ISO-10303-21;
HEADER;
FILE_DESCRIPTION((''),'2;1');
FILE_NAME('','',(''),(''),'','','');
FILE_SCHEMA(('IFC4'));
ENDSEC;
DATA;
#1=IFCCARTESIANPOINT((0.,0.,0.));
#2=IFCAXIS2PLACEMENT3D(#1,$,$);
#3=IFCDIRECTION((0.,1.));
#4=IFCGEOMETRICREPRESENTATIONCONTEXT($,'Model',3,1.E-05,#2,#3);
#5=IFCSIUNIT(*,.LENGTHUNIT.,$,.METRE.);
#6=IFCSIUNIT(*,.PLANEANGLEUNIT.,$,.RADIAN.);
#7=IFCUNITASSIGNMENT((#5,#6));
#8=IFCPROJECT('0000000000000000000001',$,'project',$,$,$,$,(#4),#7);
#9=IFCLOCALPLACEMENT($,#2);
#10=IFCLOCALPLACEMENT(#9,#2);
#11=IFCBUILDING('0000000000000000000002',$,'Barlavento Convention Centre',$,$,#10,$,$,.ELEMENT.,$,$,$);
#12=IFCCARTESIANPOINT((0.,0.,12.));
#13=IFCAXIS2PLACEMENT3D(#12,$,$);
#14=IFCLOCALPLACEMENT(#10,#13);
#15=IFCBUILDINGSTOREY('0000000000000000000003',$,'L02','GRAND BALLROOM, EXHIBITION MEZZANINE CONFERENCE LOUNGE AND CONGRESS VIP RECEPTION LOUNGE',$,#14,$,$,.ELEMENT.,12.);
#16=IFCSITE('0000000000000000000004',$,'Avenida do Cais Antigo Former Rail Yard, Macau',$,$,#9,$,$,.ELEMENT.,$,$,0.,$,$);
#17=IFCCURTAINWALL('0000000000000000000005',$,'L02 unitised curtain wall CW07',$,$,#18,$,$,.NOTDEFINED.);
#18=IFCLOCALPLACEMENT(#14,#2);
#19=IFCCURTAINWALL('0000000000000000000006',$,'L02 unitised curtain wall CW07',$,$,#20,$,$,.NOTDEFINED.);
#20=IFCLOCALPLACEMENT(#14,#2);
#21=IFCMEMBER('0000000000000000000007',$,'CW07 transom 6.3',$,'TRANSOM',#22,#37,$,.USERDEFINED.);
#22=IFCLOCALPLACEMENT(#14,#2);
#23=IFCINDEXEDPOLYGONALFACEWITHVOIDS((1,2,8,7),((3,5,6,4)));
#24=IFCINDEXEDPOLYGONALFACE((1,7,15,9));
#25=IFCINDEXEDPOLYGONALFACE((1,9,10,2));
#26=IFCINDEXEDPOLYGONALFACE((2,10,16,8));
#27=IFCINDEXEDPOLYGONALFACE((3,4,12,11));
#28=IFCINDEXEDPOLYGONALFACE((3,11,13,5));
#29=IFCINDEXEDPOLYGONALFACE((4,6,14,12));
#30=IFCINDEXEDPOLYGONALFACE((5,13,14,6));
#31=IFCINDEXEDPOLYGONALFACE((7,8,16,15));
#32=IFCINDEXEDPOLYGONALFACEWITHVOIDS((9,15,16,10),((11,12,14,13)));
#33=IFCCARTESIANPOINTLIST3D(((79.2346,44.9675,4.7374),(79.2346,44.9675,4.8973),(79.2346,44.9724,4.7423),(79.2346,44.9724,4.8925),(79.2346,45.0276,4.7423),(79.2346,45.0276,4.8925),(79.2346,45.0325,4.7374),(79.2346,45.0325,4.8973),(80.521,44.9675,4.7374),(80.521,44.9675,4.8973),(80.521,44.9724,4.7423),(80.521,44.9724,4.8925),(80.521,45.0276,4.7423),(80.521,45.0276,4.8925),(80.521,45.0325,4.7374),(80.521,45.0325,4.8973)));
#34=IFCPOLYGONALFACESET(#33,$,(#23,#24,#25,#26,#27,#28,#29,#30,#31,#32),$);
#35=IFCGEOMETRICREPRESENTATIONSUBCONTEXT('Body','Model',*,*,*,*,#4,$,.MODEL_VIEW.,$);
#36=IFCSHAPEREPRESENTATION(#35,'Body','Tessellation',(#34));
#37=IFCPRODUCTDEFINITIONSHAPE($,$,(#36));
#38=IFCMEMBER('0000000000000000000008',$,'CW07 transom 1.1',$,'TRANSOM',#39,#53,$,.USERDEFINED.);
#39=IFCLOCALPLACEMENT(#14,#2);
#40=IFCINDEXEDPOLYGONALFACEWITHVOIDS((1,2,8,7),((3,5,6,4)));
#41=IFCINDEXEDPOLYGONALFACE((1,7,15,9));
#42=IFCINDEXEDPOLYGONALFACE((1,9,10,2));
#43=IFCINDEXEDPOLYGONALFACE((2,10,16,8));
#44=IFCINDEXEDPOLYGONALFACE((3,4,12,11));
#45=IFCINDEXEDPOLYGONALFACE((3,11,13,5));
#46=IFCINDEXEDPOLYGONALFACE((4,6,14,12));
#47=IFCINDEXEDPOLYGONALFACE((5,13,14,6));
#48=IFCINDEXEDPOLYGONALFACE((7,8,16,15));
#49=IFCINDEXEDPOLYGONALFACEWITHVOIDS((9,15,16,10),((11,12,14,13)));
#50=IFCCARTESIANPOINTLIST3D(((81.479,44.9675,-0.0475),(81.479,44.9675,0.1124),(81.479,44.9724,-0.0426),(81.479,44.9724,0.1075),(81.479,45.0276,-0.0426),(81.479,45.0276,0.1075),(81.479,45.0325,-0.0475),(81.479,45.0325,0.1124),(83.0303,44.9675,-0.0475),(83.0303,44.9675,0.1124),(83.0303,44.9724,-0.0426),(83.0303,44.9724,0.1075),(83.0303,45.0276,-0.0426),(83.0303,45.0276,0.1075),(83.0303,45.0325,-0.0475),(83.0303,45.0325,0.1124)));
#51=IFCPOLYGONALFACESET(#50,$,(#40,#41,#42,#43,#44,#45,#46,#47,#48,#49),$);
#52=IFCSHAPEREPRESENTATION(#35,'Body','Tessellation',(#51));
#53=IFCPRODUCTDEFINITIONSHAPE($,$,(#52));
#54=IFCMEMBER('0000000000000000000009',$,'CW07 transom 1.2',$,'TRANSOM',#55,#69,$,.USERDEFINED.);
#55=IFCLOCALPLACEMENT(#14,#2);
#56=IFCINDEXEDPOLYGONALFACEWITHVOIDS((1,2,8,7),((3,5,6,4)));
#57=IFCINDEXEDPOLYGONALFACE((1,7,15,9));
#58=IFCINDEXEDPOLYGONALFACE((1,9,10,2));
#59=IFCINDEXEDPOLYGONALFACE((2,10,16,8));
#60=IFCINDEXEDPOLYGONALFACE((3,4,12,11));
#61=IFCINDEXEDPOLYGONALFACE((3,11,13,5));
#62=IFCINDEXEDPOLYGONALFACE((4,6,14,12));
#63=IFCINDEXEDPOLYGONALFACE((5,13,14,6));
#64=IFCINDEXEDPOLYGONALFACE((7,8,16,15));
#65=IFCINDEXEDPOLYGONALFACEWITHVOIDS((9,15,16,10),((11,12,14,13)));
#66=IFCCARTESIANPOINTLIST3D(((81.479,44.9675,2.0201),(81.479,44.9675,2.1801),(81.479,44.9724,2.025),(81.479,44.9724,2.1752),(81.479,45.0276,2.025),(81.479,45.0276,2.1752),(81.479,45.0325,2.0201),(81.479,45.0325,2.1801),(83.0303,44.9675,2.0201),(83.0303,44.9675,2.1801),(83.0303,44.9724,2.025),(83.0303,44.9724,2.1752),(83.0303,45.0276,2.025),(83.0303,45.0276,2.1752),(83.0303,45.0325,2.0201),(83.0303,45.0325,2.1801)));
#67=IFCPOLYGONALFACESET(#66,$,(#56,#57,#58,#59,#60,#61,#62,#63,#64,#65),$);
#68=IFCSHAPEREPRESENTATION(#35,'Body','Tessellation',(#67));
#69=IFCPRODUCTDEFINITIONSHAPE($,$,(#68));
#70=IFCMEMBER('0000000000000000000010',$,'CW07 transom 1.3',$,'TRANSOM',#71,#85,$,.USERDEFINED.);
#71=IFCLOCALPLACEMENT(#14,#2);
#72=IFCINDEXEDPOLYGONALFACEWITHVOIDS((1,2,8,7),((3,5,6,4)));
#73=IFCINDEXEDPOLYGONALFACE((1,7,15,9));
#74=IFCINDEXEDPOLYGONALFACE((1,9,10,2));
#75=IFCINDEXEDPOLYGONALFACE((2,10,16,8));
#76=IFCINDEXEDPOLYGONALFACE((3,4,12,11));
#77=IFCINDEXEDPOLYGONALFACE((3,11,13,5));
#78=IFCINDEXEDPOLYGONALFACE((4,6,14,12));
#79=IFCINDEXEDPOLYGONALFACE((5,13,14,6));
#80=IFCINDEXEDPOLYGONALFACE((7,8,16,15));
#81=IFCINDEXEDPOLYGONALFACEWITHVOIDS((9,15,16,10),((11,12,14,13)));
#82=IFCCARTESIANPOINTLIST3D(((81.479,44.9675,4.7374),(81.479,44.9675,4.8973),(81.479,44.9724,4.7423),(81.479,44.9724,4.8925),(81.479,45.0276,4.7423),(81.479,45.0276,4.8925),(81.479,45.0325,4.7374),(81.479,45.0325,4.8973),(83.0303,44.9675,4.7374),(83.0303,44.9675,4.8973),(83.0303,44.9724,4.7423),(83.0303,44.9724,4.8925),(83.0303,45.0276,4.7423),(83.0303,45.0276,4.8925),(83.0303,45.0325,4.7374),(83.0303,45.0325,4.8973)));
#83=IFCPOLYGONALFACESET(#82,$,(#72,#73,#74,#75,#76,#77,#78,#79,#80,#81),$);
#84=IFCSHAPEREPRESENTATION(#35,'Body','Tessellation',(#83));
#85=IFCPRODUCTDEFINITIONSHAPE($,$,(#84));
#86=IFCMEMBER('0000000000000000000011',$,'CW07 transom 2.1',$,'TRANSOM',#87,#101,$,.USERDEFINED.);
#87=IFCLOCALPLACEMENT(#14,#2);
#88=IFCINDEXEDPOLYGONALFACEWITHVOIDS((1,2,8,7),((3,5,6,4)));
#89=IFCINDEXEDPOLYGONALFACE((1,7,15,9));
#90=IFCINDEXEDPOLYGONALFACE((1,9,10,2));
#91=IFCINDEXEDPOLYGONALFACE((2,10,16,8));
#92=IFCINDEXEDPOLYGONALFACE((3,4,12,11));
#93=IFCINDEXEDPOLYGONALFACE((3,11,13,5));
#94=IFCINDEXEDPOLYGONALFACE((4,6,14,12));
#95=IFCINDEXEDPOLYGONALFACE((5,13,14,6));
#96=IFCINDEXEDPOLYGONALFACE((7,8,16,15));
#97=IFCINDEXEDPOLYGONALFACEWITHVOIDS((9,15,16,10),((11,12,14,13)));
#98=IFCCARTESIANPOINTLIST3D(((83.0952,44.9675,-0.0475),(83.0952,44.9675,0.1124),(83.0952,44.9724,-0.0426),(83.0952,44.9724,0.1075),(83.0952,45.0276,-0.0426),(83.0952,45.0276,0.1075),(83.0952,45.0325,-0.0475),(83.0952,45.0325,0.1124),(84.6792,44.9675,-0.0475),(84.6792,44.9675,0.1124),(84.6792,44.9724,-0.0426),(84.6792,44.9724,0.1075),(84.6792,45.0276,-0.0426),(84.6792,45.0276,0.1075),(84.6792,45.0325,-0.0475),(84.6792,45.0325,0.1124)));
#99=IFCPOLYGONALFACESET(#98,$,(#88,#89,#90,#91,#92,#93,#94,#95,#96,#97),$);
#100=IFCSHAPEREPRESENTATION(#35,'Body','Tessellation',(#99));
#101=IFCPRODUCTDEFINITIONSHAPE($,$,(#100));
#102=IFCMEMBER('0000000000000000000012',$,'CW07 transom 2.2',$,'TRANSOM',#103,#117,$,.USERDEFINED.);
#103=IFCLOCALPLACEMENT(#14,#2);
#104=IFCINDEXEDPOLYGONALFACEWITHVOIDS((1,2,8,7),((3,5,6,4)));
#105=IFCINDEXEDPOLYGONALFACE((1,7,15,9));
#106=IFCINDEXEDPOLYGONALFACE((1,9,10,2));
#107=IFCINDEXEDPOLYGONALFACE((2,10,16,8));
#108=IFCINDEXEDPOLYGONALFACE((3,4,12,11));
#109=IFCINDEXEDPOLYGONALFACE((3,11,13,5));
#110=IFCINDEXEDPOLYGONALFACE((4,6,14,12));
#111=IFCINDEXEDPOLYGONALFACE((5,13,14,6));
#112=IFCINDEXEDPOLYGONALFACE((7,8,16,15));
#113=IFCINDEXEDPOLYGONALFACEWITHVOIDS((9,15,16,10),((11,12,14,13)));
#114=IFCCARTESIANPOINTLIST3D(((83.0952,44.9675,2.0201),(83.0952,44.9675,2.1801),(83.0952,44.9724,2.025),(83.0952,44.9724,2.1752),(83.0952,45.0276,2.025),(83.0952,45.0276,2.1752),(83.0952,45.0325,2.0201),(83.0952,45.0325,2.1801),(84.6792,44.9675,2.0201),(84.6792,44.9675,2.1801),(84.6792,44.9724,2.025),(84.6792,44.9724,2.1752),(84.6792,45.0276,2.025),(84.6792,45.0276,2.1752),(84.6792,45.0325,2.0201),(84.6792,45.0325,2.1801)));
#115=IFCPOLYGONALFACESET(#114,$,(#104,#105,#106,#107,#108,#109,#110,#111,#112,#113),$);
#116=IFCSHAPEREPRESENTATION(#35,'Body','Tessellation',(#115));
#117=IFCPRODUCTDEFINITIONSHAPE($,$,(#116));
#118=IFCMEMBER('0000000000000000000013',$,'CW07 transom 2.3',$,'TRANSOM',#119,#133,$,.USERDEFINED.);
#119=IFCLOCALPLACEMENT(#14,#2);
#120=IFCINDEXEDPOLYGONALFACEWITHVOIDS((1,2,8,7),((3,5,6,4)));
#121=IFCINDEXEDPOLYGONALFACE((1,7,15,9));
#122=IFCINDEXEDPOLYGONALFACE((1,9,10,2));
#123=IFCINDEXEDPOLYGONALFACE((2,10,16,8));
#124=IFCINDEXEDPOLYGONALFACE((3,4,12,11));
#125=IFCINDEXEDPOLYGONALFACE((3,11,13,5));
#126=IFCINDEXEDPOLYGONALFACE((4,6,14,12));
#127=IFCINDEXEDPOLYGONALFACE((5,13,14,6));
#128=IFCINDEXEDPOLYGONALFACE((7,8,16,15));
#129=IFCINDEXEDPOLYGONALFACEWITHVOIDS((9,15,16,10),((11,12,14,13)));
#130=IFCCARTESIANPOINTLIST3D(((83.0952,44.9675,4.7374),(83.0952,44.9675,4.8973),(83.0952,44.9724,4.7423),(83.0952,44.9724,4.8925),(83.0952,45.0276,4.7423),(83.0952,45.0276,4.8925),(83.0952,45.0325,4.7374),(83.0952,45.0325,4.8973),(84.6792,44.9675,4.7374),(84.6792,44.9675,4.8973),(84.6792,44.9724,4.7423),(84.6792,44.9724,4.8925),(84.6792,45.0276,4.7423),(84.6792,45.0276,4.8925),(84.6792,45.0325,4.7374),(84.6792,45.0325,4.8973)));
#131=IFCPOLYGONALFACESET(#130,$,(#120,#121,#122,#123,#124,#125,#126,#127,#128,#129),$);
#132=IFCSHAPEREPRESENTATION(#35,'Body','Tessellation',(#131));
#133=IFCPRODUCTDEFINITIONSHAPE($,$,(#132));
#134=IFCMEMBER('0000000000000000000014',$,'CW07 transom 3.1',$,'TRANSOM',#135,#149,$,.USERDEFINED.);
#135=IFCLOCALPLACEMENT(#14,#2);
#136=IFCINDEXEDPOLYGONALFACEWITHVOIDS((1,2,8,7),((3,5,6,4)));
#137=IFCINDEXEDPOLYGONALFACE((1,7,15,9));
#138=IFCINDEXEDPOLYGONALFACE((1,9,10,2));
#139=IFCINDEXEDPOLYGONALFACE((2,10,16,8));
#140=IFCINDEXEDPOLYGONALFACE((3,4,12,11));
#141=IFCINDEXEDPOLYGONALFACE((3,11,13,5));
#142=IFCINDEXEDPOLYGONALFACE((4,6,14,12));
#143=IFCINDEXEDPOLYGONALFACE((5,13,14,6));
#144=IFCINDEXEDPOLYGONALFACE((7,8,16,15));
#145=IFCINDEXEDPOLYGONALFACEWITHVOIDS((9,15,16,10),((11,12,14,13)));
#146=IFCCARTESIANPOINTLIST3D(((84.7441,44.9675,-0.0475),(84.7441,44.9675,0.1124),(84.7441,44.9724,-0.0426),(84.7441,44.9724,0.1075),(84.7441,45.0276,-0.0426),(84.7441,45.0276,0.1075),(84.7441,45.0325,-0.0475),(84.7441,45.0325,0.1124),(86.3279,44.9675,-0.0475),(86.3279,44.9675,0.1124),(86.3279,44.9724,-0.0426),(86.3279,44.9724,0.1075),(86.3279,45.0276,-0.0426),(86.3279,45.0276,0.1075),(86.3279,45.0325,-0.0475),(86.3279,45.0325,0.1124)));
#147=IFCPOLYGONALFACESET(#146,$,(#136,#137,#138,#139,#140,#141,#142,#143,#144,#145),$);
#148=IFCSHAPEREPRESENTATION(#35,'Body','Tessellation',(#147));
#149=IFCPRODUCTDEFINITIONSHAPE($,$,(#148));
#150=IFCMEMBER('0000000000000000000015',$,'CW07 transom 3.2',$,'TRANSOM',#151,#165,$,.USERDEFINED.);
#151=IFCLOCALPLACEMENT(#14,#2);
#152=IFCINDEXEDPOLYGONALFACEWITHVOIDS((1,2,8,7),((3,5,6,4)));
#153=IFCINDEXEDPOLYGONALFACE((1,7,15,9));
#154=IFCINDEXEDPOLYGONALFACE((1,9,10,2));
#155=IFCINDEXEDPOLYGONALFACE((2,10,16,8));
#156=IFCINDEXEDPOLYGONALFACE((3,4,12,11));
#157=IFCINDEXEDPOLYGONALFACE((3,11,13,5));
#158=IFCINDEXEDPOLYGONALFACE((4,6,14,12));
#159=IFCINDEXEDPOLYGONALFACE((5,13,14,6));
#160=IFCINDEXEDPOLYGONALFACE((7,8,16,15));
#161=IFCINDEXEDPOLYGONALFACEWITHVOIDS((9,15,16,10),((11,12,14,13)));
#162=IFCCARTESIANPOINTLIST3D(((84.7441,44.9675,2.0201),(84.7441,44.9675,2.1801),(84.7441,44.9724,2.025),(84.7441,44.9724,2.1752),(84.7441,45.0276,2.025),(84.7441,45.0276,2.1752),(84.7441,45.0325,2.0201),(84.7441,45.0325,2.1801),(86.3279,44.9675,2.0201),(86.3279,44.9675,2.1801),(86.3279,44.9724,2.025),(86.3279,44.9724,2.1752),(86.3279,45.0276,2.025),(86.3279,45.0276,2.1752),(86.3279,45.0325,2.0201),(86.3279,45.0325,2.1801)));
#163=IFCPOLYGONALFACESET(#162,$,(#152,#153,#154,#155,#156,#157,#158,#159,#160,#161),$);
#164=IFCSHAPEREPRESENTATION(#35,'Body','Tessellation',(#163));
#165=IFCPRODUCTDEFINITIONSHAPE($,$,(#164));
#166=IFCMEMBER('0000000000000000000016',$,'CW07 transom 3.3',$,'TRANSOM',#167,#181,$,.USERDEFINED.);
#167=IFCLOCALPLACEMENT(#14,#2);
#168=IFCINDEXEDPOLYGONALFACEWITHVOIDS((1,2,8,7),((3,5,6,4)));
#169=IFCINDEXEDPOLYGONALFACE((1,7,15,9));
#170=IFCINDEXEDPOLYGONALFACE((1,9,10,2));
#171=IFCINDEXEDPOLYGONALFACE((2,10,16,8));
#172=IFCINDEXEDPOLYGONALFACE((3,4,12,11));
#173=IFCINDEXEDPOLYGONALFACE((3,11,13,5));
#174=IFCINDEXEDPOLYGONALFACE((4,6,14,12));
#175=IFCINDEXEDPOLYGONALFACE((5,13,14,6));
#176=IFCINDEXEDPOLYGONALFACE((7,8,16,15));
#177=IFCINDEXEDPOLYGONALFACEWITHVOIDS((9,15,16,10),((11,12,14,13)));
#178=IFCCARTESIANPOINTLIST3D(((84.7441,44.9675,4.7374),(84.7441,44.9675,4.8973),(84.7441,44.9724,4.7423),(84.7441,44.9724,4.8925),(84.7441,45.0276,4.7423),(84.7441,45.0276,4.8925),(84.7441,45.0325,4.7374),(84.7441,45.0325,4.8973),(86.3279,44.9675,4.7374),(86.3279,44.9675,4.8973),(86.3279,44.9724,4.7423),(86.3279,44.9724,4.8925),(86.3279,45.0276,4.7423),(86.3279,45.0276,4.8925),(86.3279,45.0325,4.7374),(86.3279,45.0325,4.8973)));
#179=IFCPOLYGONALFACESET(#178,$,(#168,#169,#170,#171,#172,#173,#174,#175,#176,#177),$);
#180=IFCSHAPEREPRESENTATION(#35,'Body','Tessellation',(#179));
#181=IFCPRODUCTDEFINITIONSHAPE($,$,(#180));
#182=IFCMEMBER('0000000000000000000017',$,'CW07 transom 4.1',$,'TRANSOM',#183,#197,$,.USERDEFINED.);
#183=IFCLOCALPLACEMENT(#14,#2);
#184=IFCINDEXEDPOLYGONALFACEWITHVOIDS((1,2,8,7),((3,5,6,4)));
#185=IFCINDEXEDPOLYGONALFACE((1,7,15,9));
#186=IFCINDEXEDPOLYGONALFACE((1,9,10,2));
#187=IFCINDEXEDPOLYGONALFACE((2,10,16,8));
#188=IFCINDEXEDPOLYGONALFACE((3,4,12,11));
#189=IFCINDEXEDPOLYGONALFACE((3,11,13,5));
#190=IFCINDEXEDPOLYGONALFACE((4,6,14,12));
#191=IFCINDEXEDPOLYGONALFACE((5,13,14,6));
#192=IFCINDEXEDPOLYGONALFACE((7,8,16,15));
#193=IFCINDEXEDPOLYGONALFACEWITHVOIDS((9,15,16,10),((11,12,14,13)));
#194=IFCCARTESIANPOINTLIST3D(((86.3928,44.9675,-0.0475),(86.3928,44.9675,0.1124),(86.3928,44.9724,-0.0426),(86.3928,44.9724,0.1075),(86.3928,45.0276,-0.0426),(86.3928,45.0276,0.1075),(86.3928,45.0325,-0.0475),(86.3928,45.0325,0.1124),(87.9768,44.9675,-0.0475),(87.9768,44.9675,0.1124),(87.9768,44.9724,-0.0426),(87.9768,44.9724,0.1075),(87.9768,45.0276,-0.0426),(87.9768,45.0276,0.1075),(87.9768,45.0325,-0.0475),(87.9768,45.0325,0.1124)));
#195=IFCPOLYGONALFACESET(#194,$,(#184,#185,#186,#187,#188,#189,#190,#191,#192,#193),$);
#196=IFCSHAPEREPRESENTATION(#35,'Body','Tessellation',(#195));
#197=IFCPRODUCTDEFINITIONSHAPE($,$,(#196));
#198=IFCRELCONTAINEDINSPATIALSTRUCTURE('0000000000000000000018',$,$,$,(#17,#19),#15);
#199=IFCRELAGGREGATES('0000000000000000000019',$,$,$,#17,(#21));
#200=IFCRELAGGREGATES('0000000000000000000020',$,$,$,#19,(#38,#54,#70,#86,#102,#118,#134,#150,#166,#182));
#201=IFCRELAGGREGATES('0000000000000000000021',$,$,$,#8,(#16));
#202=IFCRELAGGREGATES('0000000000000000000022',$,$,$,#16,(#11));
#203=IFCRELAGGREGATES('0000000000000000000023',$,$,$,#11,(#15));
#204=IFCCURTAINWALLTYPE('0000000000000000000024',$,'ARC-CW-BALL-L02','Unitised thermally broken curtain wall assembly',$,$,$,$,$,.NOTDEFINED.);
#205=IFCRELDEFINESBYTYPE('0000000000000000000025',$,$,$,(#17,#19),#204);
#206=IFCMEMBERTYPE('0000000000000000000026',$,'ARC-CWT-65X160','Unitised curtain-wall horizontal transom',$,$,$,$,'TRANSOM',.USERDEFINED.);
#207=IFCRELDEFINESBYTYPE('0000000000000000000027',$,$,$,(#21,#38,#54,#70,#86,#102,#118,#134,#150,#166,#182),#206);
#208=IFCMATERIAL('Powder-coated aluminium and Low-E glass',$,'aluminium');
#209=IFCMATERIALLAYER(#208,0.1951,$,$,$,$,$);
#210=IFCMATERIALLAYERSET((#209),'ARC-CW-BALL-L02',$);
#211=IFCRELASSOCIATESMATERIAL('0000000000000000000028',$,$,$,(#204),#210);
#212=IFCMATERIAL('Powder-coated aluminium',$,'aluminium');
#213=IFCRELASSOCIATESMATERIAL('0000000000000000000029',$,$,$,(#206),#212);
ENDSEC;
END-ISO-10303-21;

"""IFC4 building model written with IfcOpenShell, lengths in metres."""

from ifc_helpers import new_model, si_unit, direction, frame, origin, origin_2d, place, context, subcontext, project, spatial, hollow_rectangle, extrude, material, layer, layer_set, material_profile, profile_set, type_object, element, aggregate, save


model = new_model("IFC4")

# Units and contexts
model_context = context("Model", 3, precision=1e-05, world=origin(), true_north=direction((0.0, 1.0)))
body_context = subcontext(model_context, "Body", "Model", "MODEL_VIEW")
ifc_project = project(units=[si_unit("LENGTHUNIT", "METRE"), si_unit("PLANEANGLEUNIT", "RADIAN")], contexts=[model_context])

# Site, building, storey
site_placement = place(None, origin())
site = spatial("IfcSite", under=ifc_project, at=site_placement, Name="Avenida do Cais Antigo Former Rail Yard, Macau", CompositionType="ELEMENT", RefElevation=0.0)
building_placement = place(site_placement, origin())
building = spatial("IfcBuilding", under=site, at=building_placement, Name="Barlavento Convention Centre", CompositionType="ELEMENT")
storey_placement = place(building_placement, frame((0.0, 0.0, 12.0)))
storey = spatial("IfcBuildingStorey", under=building, at=storey_placement, Name="L02", Description="GRAND BALLROOM, EXHIBITION MEZZANINE CONFERENCE LOUNGE AND CONGRESS VIP RECEPTION LOUNGE", CompositionType="ELEMENT", Elevation=12.0)

# Curtain walls
ifc_material_1 = material(Name="Powder-coated aluminium and Low-E glass", Category="aluminium")
ifc_layer_1 = layer(ifc_material_1, 0.1951)
ifc_layer_set_1 = layer_set([ifc_layer_1], Name="ARC-CW-BALL-L02")
curtain_wall_type = type_object("IfcCurtainWallType", Name="ARC-CW-BALL-L02", Description="Unitised thermally broken curtain wall assembly", PredefinedType="NOTDEFINED", material=ifc_layer_set_1)
curtain_wall_1_placement = place(storey_placement, origin())
curtain_wall_1 = element("IfcCurtainWall", 1, at=curtain_wall_1_placement, inside=storey, type_object=curtain_wall_type, Name="L02 unitised curtain wall CW07", PredefinedType="NOTDEFINED")
ifc_material_2 = material(Name="Powder-coated aluminium", Category="aluminium")
curtain_wall_2_placement = place(storey_placement, origin())
curtain_wall_2 = element("IfcCurtainWall", 2, at=curtain_wall_2_placement, inside=storey, type_object=curtain_wall_type, Name="L02 unitised curtain wall CW07", PredefinedType="NOTDEFINED")

# Members
ifc_material_profile_1 = material_profile(ifc_material_2, hollow_rectangle(XDim=0.0649, YDim=0.1599, WallThickness=0.0049, at=origin_2d()), Name="AL-TRAN 65x160x5")
ifc_profile_set_1 = profile_set([ifc_material_profile_1], Name="Powder-coated aluminium")
member_type_1 = type_object("IfcMemberType", Name="ARC-CWT-65X160", Description="Unitised curtain-wall horizontal transom", ElementType="TRANSOM", PredefinedType="USERDEFINED", material=ifc_profile_set_1)
member_1_placement = place(storey_placement, frame((79.2346, 45.0, 4.8174), z_axis=(1.0, 0.0, 0.0), x_axis=(0.0, 1.0, 0.0)))
member_1 = element("IfcMember", 3, at=member_1_placement, type_object=member_type_1, Name="CW07 transom 6.3", ObjectType="TRANSOM", PredefinedType="USERDEFINED", context=body_context, shape_type="SweptSolid", body=[
    extrude(hollow_rectangle(XDim=0.0649, YDim=0.1599, WallThickness=0.0049, at=origin_2d()), origin(), (0.0, 0.0, 1.0), 1.2864),
])
member_2_placement = place(storey_placement, frame((81.479, 45.0, 0.0325), z_axis=(1.0, 0.0, 0.0), x_axis=(0.0, 1.0, 0.0)))
member_2 = element("IfcMember", 4, at=member_2_placement, type_object=member_type_1, Name="CW07 transom 1.1", ObjectType="TRANSOM", PredefinedType="USERDEFINED", context=body_context, shape_type="SweptSolid", body=[
    extrude(hollow_rectangle(XDim=0.0649, YDim=0.1599, WallThickness=0.0049, at=origin_2d()), origin(), (0.0, 0.0, 1.0), 1.5513),
])
member_3_placement = place(storey_placement, frame((81.479, 45.0, 2.1001), z_axis=(1.0, 0.0, 0.0), x_axis=(0.0, 1.0, 0.0)))
member_3 = element("IfcMember", 5, at=member_3_placement, type_object=member_type_1, Name="CW07 transom 1.2", ObjectType="TRANSOM", PredefinedType="USERDEFINED", context=body_context, shape_type="SweptSolid", body=[
    extrude(hollow_rectangle(XDim=0.0649, YDim=0.1599, WallThickness=0.0049, at=origin_2d()), origin(), (0.0, 0.0, 1.0), 1.5513),
])
member_4_placement = place(storey_placement, frame((81.479, 45.0, 4.8174), z_axis=(1.0, 0.0, 0.0), x_axis=(0.0, 1.0, 0.0)))
member_4 = element("IfcMember", 6, at=member_4_placement, type_object=member_type_1, Name="CW07 transom 1.3", ObjectType="TRANSOM", PredefinedType="USERDEFINED", context=body_context, shape_type="SweptSolid", body=[
    extrude(hollow_rectangle(XDim=0.0649, YDim=0.1599, WallThickness=0.0049, at=origin_2d()), origin(), (0.0, 0.0, 1.0), 1.5513),
])
member_5_placement = place(storey_placement, frame((83.0952, 45.0, 0.0325), z_axis=(1.0, 0.0, 0.0), x_axis=(0.0, 1.0, 0.0)))
member_5 = element("IfcMember", 7, at=member_5_placement, type_object=member_type_1, Name="CW07 transom 2.1", ObjectType="TRANSOM", PredefinedType="USERDEFINED", context=body_context, shape_type="SweptSolid", body=[
    extrude(hollow_rectangle(XDim=0.0649, YDim=0.1599, WallThickness=0.0049, at=origin_2d()), origin(), (0.0, 0.0, 1.0), 1.584),
])
member_6_placement = place(storey_placement, frame((83.0952, 45.0, 2.1001), z_axis=(1.0, 0.0, 0.0), x_axis=(0.0, 1.0, 0.0)))
member_6 = element("IfcMember", 8, at=member_6_placement, type_object=member_type_1, Name="CW07 transom 2.2", ObjectType="TRANSOM", PredefinedType="USERDEFINED", context=body_context, shape_type="SweptSolid", body=[
    extrude(hollow_rectangle(XDim=0.0649, YDim=0.1599, WallThickness=0.0049, at=origin_2d()), origin(), (0.0, 0.0, 1.0), 1.584),
])
member_7_placement = place(storey_placement, frame((83.0952, 45.0, 4.8174), z_axis=(1.0, 0.0, 0.0), x_axis=(0.0, 1.0, 0.0)))
member_7 = element("IfcMember", 9, at=member_7_placement, type_object=member_type_1, Name="CW07 transom 2.3", ObjectType="TRANSOM", PredefinedType="USERDEFINED", context=body_context, shape_type="SweptSolid", body=[
    extrude(hollow_rectangle(XDim=0.0649, YDim=0.1599, WallThickness=0.0049, at=origin_2d()), origin(), (0.0, 0.0, 1.0), 1.584),
])
member_8_placement = place(storey_placement, frame((84.7441, 45.0, 0.0325), z_axis=(1.0, 0.0, 0.0), x_axis=(0.0, 1.0, 0.0)))
member_8 = element("IfcMember", 10, at=member_8_placement, type_object=member_type_1, Name="CW07 transom 3.1", ObjectType="TRANSOM", PredefinedType="USERDEFINED", context=body_context, shape_type="SweptSolid", body=[
    extrude(hollow_rectangle(XDim=0.0649, YDim=0.1599, WallThickness=0.0049, at=origin_2d()), origin(), (0.0, 0.0, 1.0), 1.5837),
])
member_9_placement = place(storey_placement, frame((84.7441, 45.0, 2.1001), z_axis=(1.0, 0.0, 0.0), x_axis=(0.0, 1.0, 0.0)))
member_9 = element("IfcMember", 11, at=member_9_placement, type_object=member_type_1, Name="CW07 transom 3.2", ObjectType="TRANSOM", PredefinedType="USERDEFINED", context=body_context, shape_type="SweptSolid", body=[
    extrude(hollow_rectangle(XDim=0.0649, YDim=0.1599, WallThickness=0.0049, at=origin_2d()), origin(), (0.0, 0.0, 1.0), 1.5837),
])
member_10_placement = place(storey_placement, frame((84.7441, 45.0, 4.8174), z_axis=(1.0, 0.0, 0.0), x_axis=(0.0, 1.0, 0.0)))
member_10 = element("IfcMember", 12, at=member_10_placement, type_object=member_type_1, Name="CW07 transom 3.3", ObjectType="TRANSOM", PredefinedType="USERDEFINED", context=body_context, shape_type="SweptSolid", body=[
    extrude(hollow_rectangle(XDim=0.0649, YDim=0.1599, WallThickness=0.0049, at=origin_2d()), origin(), (0.0, 0.0, 1.0), 1.5837),
])
member_11_placement = place(storey_placement, frame((86.3928, 45.0, 0.0325), z_axis=(1.0, 0.0, 0.0), x_axis=(0.0, 1.0, 0.0)))
member_11 = element("IfcMember", 13, at=member_11_placement, type_object=member_type_1, Name="CW07 transom 4.1", ObjectType="TRANSOM", PredefinedType="USERDEFINED", context=body_context, shape_type="SweptSolid", body=[
    extrude(hollow_rectangle(XDim=0.0649, YDim=0.1599, WallThickness=0.0049, at=origin_2d()), origin(), (0.0, 0.0, 1.0), 1.584),
])

aggregate(curtain_wall_1, [member_1])
aggregate(curtain_wall_2, [member_2, member_3, member_4, member_5, member_6, member_7, member_8, member_9, member_10, member_11])

save(model, "model.ifc")
